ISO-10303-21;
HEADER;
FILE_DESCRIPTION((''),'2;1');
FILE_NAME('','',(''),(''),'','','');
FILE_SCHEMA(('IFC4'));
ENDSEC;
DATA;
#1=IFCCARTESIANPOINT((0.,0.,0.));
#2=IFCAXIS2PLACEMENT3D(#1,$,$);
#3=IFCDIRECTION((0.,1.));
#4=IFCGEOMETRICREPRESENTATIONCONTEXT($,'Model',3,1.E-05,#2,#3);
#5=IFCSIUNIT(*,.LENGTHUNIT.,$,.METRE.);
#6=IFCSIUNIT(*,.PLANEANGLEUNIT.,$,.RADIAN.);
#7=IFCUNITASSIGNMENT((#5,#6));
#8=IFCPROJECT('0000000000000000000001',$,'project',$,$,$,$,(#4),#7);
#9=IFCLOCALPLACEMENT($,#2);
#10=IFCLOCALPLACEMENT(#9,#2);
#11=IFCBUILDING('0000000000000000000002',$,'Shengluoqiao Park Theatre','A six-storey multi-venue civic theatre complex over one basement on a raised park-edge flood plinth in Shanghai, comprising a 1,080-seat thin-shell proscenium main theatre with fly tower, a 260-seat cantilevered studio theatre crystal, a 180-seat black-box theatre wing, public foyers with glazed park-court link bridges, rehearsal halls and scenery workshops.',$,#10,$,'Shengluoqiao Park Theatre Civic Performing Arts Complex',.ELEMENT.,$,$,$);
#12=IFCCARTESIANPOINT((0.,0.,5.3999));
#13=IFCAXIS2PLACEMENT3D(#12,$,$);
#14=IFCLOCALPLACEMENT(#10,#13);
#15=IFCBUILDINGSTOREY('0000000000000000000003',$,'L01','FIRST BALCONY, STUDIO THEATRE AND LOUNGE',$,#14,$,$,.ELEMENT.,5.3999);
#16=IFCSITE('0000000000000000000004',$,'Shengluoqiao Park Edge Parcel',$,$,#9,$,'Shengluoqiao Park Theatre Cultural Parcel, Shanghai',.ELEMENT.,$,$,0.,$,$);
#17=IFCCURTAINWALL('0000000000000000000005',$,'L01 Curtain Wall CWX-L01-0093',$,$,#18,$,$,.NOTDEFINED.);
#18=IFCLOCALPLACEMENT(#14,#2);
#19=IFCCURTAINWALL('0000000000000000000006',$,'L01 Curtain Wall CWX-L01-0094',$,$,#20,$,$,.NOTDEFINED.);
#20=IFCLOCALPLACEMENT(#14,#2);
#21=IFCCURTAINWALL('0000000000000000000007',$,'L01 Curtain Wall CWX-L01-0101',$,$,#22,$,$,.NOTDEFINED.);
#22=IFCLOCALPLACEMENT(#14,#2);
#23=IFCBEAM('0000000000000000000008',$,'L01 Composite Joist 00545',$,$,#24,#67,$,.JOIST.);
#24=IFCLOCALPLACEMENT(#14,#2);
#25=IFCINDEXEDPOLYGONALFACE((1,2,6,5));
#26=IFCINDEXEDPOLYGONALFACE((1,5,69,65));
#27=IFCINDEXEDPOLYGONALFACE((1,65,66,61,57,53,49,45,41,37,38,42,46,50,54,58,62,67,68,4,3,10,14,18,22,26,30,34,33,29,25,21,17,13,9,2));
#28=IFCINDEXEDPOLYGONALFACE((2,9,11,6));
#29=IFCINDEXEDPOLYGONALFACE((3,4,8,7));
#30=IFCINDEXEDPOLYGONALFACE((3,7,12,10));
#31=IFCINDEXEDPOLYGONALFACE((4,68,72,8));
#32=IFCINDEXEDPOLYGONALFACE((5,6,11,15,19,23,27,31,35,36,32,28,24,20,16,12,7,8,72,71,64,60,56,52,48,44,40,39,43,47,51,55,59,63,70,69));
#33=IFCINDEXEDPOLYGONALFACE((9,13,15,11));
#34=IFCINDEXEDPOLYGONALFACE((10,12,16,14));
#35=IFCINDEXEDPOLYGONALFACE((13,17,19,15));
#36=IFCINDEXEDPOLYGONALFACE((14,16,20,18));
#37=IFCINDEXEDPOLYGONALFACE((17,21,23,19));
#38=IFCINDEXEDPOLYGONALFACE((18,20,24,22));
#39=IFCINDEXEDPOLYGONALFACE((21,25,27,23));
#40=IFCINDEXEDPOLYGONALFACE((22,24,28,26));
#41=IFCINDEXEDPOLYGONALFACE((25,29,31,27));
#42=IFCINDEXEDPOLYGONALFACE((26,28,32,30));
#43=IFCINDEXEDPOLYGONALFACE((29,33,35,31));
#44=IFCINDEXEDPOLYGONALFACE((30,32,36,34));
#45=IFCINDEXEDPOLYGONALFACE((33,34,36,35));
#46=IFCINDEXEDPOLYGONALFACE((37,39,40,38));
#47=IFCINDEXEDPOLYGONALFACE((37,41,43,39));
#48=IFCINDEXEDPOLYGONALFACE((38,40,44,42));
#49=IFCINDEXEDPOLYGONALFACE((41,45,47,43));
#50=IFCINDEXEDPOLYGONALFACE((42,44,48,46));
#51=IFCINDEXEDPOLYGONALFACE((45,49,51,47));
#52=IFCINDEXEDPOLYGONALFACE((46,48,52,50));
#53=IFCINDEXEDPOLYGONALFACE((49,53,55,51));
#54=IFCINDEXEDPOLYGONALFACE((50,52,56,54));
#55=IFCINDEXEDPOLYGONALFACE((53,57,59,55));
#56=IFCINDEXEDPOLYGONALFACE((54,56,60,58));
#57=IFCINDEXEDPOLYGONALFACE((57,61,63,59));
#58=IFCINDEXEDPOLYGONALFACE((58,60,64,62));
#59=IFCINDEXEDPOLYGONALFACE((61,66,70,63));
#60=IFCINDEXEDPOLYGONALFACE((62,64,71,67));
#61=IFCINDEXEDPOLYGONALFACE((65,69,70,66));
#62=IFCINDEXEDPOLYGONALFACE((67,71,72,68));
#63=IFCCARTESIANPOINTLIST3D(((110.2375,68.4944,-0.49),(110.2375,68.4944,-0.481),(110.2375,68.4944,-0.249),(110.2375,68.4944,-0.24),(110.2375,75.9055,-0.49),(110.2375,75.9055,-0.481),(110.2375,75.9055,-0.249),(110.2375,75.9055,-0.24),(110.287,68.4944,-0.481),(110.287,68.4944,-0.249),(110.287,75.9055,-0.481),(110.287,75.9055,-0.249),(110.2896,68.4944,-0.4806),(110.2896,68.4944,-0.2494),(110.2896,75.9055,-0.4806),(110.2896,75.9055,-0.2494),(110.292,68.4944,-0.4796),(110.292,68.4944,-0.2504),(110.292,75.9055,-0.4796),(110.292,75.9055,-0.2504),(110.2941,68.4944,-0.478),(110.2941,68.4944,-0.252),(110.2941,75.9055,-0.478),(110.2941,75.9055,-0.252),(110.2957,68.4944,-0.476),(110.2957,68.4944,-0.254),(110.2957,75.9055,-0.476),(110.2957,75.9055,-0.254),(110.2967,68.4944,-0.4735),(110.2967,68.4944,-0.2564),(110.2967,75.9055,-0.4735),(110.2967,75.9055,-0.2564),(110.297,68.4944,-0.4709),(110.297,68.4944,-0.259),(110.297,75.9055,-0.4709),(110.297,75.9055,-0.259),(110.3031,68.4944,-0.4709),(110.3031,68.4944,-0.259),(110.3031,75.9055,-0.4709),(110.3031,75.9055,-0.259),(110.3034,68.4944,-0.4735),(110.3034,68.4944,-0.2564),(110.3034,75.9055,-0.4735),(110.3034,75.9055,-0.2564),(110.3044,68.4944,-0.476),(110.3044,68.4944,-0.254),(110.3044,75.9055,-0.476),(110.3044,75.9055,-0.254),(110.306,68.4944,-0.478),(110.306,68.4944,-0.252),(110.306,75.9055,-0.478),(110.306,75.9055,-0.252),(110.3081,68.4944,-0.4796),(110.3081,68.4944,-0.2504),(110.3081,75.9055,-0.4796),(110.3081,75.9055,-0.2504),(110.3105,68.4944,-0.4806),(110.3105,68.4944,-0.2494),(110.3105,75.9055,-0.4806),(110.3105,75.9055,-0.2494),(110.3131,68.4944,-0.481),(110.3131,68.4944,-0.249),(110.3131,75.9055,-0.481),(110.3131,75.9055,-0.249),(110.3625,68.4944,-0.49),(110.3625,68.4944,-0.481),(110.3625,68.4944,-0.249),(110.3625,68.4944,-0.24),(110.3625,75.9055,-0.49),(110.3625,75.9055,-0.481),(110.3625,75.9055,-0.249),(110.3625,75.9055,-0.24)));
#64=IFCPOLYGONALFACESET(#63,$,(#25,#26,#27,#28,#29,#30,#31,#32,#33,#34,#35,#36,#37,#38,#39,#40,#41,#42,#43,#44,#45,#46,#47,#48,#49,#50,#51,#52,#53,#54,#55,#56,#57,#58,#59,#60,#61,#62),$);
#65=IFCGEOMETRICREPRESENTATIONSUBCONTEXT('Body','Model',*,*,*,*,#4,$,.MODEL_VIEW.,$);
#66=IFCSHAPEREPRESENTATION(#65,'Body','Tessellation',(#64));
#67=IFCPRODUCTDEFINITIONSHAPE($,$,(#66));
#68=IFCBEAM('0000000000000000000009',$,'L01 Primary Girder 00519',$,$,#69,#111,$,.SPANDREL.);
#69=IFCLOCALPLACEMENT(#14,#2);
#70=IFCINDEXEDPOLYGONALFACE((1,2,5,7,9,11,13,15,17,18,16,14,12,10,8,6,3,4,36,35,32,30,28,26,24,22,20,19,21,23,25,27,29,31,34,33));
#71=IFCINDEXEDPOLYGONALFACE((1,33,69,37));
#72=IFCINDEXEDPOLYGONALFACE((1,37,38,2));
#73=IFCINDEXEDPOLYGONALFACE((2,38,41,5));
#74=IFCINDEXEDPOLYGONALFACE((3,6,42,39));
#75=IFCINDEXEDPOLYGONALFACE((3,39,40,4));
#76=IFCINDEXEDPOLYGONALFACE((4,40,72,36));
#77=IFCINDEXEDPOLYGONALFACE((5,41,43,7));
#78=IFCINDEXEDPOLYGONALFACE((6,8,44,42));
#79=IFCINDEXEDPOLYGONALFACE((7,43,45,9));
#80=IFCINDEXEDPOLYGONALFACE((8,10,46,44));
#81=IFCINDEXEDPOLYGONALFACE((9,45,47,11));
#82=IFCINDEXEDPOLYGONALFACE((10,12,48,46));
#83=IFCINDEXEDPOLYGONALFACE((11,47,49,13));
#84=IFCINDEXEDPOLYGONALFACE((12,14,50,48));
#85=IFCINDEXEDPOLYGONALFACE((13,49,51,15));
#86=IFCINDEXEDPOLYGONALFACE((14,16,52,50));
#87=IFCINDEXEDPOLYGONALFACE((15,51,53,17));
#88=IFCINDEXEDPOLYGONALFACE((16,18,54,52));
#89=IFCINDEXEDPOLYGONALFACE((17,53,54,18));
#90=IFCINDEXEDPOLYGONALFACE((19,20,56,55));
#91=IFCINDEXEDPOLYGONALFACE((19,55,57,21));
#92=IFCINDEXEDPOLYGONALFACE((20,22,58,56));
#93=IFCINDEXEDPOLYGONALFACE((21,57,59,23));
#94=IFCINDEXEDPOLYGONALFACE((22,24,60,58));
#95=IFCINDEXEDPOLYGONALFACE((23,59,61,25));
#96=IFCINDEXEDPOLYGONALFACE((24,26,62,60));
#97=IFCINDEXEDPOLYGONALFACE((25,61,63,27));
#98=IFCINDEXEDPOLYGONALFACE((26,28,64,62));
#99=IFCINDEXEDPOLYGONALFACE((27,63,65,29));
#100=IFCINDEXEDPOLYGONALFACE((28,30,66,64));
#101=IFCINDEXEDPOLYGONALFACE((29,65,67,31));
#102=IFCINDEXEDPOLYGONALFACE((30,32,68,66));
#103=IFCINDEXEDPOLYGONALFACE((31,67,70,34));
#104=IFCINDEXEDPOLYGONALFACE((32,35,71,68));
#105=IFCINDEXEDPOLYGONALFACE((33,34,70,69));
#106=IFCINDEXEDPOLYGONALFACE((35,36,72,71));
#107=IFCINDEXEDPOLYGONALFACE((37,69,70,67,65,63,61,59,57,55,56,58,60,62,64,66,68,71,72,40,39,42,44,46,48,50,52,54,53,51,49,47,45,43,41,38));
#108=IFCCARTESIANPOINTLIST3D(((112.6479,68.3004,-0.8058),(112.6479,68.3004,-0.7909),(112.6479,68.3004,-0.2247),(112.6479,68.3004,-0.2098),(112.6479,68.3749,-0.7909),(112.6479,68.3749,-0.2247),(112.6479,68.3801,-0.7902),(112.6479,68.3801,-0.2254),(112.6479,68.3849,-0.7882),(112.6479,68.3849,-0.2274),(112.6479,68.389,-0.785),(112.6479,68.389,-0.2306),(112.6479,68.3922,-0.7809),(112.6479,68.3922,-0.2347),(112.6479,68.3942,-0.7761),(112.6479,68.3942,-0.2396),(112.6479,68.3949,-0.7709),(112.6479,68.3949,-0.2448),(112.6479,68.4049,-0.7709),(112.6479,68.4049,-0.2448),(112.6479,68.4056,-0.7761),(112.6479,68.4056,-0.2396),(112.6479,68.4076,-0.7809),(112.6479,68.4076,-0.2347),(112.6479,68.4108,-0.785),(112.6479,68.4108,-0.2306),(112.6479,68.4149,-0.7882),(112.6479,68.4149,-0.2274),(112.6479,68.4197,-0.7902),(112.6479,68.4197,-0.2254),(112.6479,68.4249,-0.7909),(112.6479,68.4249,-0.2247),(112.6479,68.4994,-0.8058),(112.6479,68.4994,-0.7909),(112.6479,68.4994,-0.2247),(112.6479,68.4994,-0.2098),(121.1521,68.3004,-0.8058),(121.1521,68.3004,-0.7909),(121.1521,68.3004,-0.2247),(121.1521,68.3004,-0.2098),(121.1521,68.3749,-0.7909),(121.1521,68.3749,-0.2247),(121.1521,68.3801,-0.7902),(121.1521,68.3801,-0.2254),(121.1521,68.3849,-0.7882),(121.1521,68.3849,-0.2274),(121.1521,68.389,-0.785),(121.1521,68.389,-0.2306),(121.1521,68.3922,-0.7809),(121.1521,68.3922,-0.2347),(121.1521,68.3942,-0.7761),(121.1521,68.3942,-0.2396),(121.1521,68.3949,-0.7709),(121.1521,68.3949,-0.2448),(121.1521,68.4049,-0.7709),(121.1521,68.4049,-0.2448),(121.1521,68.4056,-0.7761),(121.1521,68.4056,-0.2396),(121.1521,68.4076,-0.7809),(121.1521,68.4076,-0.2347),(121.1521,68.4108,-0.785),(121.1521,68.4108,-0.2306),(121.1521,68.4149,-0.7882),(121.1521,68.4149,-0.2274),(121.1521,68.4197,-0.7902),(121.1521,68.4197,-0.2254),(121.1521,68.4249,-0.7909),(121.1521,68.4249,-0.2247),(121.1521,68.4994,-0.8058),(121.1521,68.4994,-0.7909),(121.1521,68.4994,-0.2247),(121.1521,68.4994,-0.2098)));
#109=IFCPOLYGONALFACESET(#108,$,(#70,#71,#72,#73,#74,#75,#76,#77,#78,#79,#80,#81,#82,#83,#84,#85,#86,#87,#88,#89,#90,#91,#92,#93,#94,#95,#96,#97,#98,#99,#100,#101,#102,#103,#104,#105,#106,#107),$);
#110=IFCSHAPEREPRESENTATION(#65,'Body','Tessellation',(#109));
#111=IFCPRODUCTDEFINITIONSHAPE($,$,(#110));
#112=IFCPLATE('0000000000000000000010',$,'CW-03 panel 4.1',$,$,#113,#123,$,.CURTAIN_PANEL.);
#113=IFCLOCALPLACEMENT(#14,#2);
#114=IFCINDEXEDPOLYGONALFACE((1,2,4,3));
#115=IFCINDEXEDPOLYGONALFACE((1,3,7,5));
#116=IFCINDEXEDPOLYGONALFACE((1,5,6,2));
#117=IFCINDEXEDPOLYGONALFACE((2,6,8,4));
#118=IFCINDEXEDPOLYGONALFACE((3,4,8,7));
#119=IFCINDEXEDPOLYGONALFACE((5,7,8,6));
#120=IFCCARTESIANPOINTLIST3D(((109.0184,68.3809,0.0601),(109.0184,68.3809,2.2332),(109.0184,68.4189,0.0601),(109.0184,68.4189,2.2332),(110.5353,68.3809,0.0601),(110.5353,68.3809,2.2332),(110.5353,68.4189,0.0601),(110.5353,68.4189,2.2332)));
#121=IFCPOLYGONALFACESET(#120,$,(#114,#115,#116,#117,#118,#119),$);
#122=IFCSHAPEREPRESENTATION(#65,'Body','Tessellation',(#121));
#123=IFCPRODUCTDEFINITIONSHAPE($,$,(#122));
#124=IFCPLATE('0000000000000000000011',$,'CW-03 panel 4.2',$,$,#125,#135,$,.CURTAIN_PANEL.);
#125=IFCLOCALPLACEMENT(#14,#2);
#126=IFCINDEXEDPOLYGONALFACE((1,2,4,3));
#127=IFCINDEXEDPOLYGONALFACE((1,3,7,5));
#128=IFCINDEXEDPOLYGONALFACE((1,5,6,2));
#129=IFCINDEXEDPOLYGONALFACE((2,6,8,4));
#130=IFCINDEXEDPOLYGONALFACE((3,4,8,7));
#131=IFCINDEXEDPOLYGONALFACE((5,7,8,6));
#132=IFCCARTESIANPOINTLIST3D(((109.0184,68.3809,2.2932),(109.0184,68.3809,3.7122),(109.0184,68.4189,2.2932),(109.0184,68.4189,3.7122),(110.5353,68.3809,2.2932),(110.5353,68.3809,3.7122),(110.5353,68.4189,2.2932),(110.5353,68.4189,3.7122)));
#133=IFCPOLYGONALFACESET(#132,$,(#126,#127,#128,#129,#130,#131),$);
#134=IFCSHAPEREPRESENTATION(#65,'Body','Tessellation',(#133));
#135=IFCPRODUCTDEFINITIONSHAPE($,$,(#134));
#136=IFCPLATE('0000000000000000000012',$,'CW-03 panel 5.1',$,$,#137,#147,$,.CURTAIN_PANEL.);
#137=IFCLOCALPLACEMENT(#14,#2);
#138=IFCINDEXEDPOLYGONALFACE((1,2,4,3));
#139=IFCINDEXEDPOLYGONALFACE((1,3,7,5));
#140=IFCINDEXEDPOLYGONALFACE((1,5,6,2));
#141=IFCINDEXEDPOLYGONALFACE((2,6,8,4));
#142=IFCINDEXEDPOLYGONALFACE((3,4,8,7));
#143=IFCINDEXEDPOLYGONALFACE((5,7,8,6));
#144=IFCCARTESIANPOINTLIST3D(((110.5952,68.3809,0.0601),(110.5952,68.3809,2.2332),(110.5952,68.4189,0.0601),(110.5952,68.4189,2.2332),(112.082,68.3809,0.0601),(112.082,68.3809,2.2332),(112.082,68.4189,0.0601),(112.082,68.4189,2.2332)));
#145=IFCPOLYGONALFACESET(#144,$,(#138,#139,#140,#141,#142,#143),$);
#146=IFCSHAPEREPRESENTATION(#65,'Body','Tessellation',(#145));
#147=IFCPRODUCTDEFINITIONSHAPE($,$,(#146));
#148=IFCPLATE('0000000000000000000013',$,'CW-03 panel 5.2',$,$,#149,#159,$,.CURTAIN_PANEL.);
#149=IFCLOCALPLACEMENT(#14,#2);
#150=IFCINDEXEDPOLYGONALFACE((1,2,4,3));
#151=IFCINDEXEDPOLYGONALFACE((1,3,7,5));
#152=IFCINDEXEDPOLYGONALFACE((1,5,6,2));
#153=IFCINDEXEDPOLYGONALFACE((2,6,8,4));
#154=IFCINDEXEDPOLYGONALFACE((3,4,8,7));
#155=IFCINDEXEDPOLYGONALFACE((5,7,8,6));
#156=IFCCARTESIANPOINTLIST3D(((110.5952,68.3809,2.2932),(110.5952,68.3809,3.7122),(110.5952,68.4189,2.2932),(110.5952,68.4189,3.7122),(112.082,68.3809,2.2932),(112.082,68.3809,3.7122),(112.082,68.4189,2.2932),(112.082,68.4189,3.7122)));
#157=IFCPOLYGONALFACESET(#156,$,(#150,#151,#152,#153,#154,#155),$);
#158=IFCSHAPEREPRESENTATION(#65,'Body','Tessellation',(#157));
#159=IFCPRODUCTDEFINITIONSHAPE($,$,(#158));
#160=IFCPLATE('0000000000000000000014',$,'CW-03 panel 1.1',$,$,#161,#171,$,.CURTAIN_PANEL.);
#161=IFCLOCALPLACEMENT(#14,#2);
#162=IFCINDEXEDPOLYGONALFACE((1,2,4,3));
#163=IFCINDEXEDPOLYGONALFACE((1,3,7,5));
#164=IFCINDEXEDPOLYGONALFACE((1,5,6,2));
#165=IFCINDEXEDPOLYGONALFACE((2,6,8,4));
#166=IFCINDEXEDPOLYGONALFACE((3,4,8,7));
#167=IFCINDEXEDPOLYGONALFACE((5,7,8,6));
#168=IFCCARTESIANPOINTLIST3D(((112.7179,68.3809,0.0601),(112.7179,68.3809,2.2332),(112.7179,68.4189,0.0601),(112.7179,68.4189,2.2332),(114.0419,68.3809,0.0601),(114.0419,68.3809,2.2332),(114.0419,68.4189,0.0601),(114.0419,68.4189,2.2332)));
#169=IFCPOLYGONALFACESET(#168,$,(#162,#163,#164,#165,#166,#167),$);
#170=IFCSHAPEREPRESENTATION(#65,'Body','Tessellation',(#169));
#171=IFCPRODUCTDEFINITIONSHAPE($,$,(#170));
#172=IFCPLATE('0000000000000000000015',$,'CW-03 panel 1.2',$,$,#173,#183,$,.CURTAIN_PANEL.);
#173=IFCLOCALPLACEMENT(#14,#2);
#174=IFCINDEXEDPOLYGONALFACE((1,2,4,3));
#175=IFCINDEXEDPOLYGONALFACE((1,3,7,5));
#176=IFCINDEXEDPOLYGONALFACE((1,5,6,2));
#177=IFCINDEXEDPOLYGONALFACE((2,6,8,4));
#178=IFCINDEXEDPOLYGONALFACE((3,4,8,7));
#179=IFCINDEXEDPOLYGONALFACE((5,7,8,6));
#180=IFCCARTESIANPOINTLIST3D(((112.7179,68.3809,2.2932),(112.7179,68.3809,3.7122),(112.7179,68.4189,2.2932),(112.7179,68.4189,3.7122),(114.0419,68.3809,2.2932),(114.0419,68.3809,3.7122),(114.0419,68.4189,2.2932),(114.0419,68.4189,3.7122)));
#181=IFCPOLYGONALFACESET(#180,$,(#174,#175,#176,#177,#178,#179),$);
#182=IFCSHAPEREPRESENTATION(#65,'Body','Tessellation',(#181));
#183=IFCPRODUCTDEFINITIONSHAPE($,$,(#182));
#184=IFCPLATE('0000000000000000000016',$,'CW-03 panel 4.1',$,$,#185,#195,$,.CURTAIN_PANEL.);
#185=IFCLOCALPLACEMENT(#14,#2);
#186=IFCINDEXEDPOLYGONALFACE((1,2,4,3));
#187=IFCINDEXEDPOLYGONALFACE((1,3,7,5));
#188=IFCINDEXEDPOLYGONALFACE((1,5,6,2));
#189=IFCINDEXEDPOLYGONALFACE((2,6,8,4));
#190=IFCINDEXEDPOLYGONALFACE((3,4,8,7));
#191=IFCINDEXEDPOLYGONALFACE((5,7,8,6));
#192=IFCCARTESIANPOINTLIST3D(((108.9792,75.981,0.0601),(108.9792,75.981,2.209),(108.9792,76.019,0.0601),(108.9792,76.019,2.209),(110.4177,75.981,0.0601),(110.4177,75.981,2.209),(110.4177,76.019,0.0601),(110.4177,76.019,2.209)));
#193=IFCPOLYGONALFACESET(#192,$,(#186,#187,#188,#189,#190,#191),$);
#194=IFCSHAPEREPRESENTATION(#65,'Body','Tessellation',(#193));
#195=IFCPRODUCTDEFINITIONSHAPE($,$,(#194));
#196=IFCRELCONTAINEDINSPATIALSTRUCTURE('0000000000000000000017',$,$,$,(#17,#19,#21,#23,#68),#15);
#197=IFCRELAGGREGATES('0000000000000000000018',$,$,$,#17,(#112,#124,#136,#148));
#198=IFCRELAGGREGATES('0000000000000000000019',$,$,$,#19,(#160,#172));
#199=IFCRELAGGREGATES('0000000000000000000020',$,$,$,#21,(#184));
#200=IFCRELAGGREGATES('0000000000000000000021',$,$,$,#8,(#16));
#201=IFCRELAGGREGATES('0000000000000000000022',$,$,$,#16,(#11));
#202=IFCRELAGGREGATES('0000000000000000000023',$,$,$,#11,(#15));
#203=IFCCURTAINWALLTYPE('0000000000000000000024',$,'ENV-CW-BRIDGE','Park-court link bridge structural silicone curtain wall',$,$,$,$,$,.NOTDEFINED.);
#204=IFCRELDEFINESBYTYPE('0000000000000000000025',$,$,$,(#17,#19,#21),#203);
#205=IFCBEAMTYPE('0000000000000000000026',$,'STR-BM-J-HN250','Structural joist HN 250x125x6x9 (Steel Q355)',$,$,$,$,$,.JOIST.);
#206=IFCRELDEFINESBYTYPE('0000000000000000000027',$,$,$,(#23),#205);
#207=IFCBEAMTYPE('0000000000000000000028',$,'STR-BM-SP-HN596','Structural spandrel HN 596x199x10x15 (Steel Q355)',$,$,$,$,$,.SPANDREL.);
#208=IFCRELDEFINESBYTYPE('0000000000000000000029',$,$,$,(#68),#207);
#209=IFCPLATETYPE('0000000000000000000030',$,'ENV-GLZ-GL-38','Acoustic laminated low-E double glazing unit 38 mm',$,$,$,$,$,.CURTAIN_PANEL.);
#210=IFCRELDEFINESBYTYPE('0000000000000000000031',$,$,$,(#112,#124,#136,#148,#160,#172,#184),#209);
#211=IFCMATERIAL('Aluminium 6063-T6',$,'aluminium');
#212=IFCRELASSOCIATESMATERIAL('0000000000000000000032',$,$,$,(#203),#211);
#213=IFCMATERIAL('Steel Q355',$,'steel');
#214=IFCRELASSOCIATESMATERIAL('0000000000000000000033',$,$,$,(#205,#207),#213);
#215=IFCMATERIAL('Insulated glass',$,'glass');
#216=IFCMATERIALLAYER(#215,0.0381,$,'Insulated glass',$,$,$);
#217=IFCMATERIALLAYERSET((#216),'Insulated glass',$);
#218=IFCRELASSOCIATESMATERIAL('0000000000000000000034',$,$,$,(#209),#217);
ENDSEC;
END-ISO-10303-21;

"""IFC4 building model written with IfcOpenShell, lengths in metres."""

from ifc_helpers import new_model, si_unit, direction, frame, origin, origin_2d, place, context, subcontext, project, spatial, rectangle, i_section, extrude, material, layer, layer_set, material_profile, profile_set, type_object, element, aggregate, save


model = new_model("IFC4")

# Units and contexts
model_context = context("Model", 3, precision=1e-05, world=origin(), true_north=direction((0.0, 1.0)))
body_context = subcontext(model_context, "Body", "Model", "MODEL_VIEW")
ifc_project = project(units=[si_unit("LENGTHUNIT", "METRE"), si_unit("PLANEANGLEUNIT", "RADIAN")], contexts=[model_context])

# Site, building, storey
site_placement = place(None, origin())
site = spatial("IfcSite", under=ifc_project, at=site_placement, Name="Shengluoqiao Park Edge Parcel", LongName="Shengluoqiao Park Theatre Cultural Parcel, Shanghai", CompositionType="ELEMENT", RefElevation=0.0)
building_placement = place(site_placement, origin())
building = spatial("IfcBuilding", under=site, at=building_placement, Name="Shengluoqiao Park Theatre", Description="A six-storey multi-venue civic theatre complex over one basement on a raised park-edge flood plinth in Shanghai, comprising a 1,080-seat thin-shell proscenium main theatre with fly tower, a 260-seat cantilevered studio theatre crystal, a 180-seat black-box theatre wing, public foyers with glazed park-court link bridges, rehearsal halls and scenery workshops.", LongName="Shengluoqiao Park Theatre Civic Performing Arts Complex", CompositionType="ELEMENT")
storey_placement = place(building_placement, frame((0.0, 0.0, 5.3999)))
storey = spatial("IfcBuildingStorey", under=building, at=storey_placement, Name="L01", Description="FIRST BALCONY, STUDIO THEATRE AND LOUNGE", CompositionType="ELEMENT", Elevation=5.3999)

# Curtain walls
ifc_material_1 = material(Name="Aluminium 6063-T6", Category="aluminium")
curtain_wall_type = type_object("IfcCurtainWallType", Name="ENV-CW-BRIDGE", Description="Park-court link bridge structural silicone curtain wall", PredefinedType="NOTDEFINED", material=ifc_material_1)
curtain_wall_1_placement = place(storey_placement, origin())
curtain_wall_1 = element("IfcCurtainWall", 1, at=curtain_wall_1_placement, inside=storey, type_object=curtain_wall_type, Name="L01 Curtain Wall CWX-L01-0093", PredefinedType="NOTDEFINED")
curtain_wall_2_placement = place(storey_placement, origin())
curtain_wall_2 = element("IfcCurtainWall", 2, at=curtain_wall_2_placement, inside=storey, type_object=curtain_wall_type, Name="L01 Curtain Wall CWX-L01-0094", PredefinedType="NOTDEFINED")

# Curtain wall
curtain_wall_3_placement = place(storey_placement, origin())
curtain_wall_3 = element("IfcCurtainWall", 3, at=curtain_wall_3_placement, inside=storey, type_object=curtain_wall_type, Name="L01 Curtain Wall CWX-L01-0101", PredefinedType="NOTDEFINED")

# Beams
ifc_material_2 = material(Name="Steel Q355", Category="steel")
ifc_material_profile_1 = material_profile(ifc_material_2, i_section(OverallWidth=0.125, OverallDepth=0.25, WebThickness=0.0061, FlangeThickness=0.009, FilletRadius=0.01, at=origin_2d()), Name="HN 250x125x6x9")
ifc_profile_set_1 = profile_set([ifc_material_profile_1], Name="Steel Q355")
beam_type_1 = type_object("IfcBeamType", Name="STR-BM-J-HN250", Description="Structural joist HN 250x125x6x9 (Steel Q355)", PredefinedType="JOIST", material=ifc_profile_set_1)
beam_1_placement = place(storey_placement, frame((110.3, 68.4944, -0.365), z_axis=(0.0, 1.0, 0.0), x_axis=(-1.0, 0.0, 0.0)))
element("IfcBeam", 4, at=beam_1_placement, inside=storey, type_object=beam_type_1, Name="L01 Composite Joist 00545", PredefinedType="JOIST", context=body_context, shape_type="SweptSolid", body=[
    extrude(i_section(OverallWidth=0.125, OverallDepth=0.25, WebThickness=0.0061, FlangeThickness=0.009, FilletRadius=0.01, at=origin_2d()), origin(), (0.0, 0.0, 1.0), 7.4111),
])
ifc_material_profile_2 = material_profile(ifc_material_2, i_section(OverallWidth=0.199, OverallDepth=0.5959, WebThickness=0.01, FlangeThickness=0.0149, FilletRadius=0.02, at=origin_2d()), Name="HN 596x199x10x15")
ifc_profile_set_2 = profile_set([ifc_material_profile_2], Name="Steel Q355")
beam_type_2 = type_object("IfcBeamType", Name="STR-BM-SP-HN596", Description="Structural spandrel HN 596x199x10x15 (Steel Q355)", PredefinedType="SPANDREL", material=ifc_profile_set_2)
beam_2_placement = place(storey_placement, frame((112.6479, 68.3999, -0.5078), z_axis=(1.0, 0.0, 0.0), x_axis=(0.0, 1.0, 0.0)))
element("IfcBeam", 5, at=beam_2_placement, inside=storey, type_object=beam_type_2, Name="L01 Primary Girder 00519", PredefinedType="SPANDREL", context=body_context, shape_type="SweptSolid", body=[
    extrude(i_section(OverallWidth=0.199, OverallDepth=0.5959, WebThickness=0.01, FlangeThickness=0.0149, FilletRadius=0.02, at=origin_2d()), origin(), (0.0, 0.0, 1.0), 8.5042),
])

# Plates
ifc_material_3 = material(Name="Insulated glass", Category="glass")
ifc_layer = layer(ifc_material_3, 0.0381, Name="Insulated glass")
ifc_layer_set = layer_set([ifc_layer], Name="Insulated glass")
plate_type = type_object("IfcPlateType", Name="ENV-GLZ-GL-38", Description="Acoustic laminated low-E double glazing unit 38 mm", PredefinedType="CURTAIN_PANEL", material=ifc_layer_set)
plate_1_placement = place(storey_placement, frame((109.7769, 68.3999, 0.0601), z_axis=(0.0, 0.0, 1.0), x_axis=(1.0, 0.0, 0.0)))
plate_1 = element("IfcPlate", 6, at=plate_1_placement, type_object=plate_type, Name="CW-03 panel 4.1", PredefinedType="CURTAIN_PANEL", context=body_context, shape_type="SweptSolid", body=[
    extrude(rectangle(XDim=1.5168, YDim=0.0381, at=origin_2d()), origin(), (0.0, 0.0, 1.0), 2.1731),
])
plate_2_placement = place(storey_placement, frame((109.7769, 68.3999, 2.2932), z_axis=(0.0, 0.0, 1.0), x_axis=(1.0, 0.0, 0.0)))
plate_2 = element("IfcPlate", 7, at=plate_2_placement, type_object=plate_type, Name="CW-03 panel 4.2", PredefinedType="CURTAIN_PANEL", context=body_context, shape_type="SweptSolid", body=[
    extrude(rectangle(XDim=1.5168, YDim=0.0381, at=origin_2d()), origin(), (0.0, 0.0, 1.0), 1.4189),
])
plate_3_placement = place(storey_placement, frame((111.3386, 68.3999, 0.0601), z_axis=(0.0, 0.0, 1.0), x_axis=(1.0, 0.0, 0.0)))
plate_3 = element("IfcPlate", 8, at=plate_3_placement, type_object=plate_type, Name="CW-03 panel 5.1", PredefinedType="CURTAIN_PANEL", context=body_context, shape_type="SweptSolid", body=[
    extrude(rectangle(XDim=1.4868, YDim=0.0381, at=origin_2d()), origin(), (0.0, 0.0, 1.0), 2.1731),
])
plate_4_placement = place(storey_placement, frame((111.3386, 68.3999, 2.2932), z_axis=(0.0, 0.0, 1.0), x_axis=(1.0, 0.0, 0.0)))
plate_4 = element("IfcPlate", 9, at=plate_4_placement, type_object=plate_type, Name="CW-03 panel 5.2", PredefinedType="CURTAIN_PANEL", context=body_context, shape_type="SweptSolid", body=[
    extrude(rectangle(XDim=1.4868, YDim=0.0381, at=origin_2d()), origin(), (0.0, 0.0, 1.0), 1.4189),
])
aggregate(curtain_wall_1, [plate_1, plate_2, plate_3, plate_4])
plate_5_placement = place(storey_placement, frame((113.3799, 68.3999, 0.0601), z_axis=(0.0, 0.0, 1.0), x_axis=(1.0, 0.0, 0.0)))
plate_5 = element("IfcPlate", 10, at=plate_5_placement, type_object=plate_type, Name="CW-03 panel 1.1", PredefinedType="CURTAIN_PANEL", context=body_context, shape_type="SweptSolid", body=[
    extrude(rectangle(XDim=1.324, YDim=0.0381, at=origin_2d()), origin(), (0.0, 0.0, 1.0), 2.1731),
])
plate_6_placement = place(storey_placement, frame((113.3799, 68.3999, 2.2932), z_axis=(0.0, 0.0, 1.0), x_axis=(1.0, 0.0, 0.0)))
plate_6 = element("IfcPlate", 11, at=plate_6_placement, type_object=plate_type, Name="CW-03 panel 1.2", PredefinedType="CURTAIN_PANEL", context=body_context, shape_type="SweptSolid", body=[
    extrude(rectangle(XDim=1.324, YDim=0.0381, at=origin_2d()), origin(), (0.0, 0.0, 1.0), 1.4189),
])
aggregate(curtain_wall_2, [plate_5, plate_6])
plate_7_placement = place(storey_placement, frame((109.6985, 76.0, 0.0601), z_axis=(0.0, 0.0, 1.0), x_axis=(1.0, 0.0, 0.0)))
plate_7 = element("IfcPlate", 12, at=plate_7_placement, type_object=plate_type, Name="CW-03 panel 4.1", PredefinedType="CURTAIN_PANEL", context=body_context, shape_type="SweptSolid", body=[
    extrude(rectangle(XDim=1.4385, YDim=0.0381, at=origin_2d()), origin(), (0.0, 0.0, 1.0), 2.1489),
])
aggregate(curtain_wall_3, [plate_7])

save(model, "model.ifc")
